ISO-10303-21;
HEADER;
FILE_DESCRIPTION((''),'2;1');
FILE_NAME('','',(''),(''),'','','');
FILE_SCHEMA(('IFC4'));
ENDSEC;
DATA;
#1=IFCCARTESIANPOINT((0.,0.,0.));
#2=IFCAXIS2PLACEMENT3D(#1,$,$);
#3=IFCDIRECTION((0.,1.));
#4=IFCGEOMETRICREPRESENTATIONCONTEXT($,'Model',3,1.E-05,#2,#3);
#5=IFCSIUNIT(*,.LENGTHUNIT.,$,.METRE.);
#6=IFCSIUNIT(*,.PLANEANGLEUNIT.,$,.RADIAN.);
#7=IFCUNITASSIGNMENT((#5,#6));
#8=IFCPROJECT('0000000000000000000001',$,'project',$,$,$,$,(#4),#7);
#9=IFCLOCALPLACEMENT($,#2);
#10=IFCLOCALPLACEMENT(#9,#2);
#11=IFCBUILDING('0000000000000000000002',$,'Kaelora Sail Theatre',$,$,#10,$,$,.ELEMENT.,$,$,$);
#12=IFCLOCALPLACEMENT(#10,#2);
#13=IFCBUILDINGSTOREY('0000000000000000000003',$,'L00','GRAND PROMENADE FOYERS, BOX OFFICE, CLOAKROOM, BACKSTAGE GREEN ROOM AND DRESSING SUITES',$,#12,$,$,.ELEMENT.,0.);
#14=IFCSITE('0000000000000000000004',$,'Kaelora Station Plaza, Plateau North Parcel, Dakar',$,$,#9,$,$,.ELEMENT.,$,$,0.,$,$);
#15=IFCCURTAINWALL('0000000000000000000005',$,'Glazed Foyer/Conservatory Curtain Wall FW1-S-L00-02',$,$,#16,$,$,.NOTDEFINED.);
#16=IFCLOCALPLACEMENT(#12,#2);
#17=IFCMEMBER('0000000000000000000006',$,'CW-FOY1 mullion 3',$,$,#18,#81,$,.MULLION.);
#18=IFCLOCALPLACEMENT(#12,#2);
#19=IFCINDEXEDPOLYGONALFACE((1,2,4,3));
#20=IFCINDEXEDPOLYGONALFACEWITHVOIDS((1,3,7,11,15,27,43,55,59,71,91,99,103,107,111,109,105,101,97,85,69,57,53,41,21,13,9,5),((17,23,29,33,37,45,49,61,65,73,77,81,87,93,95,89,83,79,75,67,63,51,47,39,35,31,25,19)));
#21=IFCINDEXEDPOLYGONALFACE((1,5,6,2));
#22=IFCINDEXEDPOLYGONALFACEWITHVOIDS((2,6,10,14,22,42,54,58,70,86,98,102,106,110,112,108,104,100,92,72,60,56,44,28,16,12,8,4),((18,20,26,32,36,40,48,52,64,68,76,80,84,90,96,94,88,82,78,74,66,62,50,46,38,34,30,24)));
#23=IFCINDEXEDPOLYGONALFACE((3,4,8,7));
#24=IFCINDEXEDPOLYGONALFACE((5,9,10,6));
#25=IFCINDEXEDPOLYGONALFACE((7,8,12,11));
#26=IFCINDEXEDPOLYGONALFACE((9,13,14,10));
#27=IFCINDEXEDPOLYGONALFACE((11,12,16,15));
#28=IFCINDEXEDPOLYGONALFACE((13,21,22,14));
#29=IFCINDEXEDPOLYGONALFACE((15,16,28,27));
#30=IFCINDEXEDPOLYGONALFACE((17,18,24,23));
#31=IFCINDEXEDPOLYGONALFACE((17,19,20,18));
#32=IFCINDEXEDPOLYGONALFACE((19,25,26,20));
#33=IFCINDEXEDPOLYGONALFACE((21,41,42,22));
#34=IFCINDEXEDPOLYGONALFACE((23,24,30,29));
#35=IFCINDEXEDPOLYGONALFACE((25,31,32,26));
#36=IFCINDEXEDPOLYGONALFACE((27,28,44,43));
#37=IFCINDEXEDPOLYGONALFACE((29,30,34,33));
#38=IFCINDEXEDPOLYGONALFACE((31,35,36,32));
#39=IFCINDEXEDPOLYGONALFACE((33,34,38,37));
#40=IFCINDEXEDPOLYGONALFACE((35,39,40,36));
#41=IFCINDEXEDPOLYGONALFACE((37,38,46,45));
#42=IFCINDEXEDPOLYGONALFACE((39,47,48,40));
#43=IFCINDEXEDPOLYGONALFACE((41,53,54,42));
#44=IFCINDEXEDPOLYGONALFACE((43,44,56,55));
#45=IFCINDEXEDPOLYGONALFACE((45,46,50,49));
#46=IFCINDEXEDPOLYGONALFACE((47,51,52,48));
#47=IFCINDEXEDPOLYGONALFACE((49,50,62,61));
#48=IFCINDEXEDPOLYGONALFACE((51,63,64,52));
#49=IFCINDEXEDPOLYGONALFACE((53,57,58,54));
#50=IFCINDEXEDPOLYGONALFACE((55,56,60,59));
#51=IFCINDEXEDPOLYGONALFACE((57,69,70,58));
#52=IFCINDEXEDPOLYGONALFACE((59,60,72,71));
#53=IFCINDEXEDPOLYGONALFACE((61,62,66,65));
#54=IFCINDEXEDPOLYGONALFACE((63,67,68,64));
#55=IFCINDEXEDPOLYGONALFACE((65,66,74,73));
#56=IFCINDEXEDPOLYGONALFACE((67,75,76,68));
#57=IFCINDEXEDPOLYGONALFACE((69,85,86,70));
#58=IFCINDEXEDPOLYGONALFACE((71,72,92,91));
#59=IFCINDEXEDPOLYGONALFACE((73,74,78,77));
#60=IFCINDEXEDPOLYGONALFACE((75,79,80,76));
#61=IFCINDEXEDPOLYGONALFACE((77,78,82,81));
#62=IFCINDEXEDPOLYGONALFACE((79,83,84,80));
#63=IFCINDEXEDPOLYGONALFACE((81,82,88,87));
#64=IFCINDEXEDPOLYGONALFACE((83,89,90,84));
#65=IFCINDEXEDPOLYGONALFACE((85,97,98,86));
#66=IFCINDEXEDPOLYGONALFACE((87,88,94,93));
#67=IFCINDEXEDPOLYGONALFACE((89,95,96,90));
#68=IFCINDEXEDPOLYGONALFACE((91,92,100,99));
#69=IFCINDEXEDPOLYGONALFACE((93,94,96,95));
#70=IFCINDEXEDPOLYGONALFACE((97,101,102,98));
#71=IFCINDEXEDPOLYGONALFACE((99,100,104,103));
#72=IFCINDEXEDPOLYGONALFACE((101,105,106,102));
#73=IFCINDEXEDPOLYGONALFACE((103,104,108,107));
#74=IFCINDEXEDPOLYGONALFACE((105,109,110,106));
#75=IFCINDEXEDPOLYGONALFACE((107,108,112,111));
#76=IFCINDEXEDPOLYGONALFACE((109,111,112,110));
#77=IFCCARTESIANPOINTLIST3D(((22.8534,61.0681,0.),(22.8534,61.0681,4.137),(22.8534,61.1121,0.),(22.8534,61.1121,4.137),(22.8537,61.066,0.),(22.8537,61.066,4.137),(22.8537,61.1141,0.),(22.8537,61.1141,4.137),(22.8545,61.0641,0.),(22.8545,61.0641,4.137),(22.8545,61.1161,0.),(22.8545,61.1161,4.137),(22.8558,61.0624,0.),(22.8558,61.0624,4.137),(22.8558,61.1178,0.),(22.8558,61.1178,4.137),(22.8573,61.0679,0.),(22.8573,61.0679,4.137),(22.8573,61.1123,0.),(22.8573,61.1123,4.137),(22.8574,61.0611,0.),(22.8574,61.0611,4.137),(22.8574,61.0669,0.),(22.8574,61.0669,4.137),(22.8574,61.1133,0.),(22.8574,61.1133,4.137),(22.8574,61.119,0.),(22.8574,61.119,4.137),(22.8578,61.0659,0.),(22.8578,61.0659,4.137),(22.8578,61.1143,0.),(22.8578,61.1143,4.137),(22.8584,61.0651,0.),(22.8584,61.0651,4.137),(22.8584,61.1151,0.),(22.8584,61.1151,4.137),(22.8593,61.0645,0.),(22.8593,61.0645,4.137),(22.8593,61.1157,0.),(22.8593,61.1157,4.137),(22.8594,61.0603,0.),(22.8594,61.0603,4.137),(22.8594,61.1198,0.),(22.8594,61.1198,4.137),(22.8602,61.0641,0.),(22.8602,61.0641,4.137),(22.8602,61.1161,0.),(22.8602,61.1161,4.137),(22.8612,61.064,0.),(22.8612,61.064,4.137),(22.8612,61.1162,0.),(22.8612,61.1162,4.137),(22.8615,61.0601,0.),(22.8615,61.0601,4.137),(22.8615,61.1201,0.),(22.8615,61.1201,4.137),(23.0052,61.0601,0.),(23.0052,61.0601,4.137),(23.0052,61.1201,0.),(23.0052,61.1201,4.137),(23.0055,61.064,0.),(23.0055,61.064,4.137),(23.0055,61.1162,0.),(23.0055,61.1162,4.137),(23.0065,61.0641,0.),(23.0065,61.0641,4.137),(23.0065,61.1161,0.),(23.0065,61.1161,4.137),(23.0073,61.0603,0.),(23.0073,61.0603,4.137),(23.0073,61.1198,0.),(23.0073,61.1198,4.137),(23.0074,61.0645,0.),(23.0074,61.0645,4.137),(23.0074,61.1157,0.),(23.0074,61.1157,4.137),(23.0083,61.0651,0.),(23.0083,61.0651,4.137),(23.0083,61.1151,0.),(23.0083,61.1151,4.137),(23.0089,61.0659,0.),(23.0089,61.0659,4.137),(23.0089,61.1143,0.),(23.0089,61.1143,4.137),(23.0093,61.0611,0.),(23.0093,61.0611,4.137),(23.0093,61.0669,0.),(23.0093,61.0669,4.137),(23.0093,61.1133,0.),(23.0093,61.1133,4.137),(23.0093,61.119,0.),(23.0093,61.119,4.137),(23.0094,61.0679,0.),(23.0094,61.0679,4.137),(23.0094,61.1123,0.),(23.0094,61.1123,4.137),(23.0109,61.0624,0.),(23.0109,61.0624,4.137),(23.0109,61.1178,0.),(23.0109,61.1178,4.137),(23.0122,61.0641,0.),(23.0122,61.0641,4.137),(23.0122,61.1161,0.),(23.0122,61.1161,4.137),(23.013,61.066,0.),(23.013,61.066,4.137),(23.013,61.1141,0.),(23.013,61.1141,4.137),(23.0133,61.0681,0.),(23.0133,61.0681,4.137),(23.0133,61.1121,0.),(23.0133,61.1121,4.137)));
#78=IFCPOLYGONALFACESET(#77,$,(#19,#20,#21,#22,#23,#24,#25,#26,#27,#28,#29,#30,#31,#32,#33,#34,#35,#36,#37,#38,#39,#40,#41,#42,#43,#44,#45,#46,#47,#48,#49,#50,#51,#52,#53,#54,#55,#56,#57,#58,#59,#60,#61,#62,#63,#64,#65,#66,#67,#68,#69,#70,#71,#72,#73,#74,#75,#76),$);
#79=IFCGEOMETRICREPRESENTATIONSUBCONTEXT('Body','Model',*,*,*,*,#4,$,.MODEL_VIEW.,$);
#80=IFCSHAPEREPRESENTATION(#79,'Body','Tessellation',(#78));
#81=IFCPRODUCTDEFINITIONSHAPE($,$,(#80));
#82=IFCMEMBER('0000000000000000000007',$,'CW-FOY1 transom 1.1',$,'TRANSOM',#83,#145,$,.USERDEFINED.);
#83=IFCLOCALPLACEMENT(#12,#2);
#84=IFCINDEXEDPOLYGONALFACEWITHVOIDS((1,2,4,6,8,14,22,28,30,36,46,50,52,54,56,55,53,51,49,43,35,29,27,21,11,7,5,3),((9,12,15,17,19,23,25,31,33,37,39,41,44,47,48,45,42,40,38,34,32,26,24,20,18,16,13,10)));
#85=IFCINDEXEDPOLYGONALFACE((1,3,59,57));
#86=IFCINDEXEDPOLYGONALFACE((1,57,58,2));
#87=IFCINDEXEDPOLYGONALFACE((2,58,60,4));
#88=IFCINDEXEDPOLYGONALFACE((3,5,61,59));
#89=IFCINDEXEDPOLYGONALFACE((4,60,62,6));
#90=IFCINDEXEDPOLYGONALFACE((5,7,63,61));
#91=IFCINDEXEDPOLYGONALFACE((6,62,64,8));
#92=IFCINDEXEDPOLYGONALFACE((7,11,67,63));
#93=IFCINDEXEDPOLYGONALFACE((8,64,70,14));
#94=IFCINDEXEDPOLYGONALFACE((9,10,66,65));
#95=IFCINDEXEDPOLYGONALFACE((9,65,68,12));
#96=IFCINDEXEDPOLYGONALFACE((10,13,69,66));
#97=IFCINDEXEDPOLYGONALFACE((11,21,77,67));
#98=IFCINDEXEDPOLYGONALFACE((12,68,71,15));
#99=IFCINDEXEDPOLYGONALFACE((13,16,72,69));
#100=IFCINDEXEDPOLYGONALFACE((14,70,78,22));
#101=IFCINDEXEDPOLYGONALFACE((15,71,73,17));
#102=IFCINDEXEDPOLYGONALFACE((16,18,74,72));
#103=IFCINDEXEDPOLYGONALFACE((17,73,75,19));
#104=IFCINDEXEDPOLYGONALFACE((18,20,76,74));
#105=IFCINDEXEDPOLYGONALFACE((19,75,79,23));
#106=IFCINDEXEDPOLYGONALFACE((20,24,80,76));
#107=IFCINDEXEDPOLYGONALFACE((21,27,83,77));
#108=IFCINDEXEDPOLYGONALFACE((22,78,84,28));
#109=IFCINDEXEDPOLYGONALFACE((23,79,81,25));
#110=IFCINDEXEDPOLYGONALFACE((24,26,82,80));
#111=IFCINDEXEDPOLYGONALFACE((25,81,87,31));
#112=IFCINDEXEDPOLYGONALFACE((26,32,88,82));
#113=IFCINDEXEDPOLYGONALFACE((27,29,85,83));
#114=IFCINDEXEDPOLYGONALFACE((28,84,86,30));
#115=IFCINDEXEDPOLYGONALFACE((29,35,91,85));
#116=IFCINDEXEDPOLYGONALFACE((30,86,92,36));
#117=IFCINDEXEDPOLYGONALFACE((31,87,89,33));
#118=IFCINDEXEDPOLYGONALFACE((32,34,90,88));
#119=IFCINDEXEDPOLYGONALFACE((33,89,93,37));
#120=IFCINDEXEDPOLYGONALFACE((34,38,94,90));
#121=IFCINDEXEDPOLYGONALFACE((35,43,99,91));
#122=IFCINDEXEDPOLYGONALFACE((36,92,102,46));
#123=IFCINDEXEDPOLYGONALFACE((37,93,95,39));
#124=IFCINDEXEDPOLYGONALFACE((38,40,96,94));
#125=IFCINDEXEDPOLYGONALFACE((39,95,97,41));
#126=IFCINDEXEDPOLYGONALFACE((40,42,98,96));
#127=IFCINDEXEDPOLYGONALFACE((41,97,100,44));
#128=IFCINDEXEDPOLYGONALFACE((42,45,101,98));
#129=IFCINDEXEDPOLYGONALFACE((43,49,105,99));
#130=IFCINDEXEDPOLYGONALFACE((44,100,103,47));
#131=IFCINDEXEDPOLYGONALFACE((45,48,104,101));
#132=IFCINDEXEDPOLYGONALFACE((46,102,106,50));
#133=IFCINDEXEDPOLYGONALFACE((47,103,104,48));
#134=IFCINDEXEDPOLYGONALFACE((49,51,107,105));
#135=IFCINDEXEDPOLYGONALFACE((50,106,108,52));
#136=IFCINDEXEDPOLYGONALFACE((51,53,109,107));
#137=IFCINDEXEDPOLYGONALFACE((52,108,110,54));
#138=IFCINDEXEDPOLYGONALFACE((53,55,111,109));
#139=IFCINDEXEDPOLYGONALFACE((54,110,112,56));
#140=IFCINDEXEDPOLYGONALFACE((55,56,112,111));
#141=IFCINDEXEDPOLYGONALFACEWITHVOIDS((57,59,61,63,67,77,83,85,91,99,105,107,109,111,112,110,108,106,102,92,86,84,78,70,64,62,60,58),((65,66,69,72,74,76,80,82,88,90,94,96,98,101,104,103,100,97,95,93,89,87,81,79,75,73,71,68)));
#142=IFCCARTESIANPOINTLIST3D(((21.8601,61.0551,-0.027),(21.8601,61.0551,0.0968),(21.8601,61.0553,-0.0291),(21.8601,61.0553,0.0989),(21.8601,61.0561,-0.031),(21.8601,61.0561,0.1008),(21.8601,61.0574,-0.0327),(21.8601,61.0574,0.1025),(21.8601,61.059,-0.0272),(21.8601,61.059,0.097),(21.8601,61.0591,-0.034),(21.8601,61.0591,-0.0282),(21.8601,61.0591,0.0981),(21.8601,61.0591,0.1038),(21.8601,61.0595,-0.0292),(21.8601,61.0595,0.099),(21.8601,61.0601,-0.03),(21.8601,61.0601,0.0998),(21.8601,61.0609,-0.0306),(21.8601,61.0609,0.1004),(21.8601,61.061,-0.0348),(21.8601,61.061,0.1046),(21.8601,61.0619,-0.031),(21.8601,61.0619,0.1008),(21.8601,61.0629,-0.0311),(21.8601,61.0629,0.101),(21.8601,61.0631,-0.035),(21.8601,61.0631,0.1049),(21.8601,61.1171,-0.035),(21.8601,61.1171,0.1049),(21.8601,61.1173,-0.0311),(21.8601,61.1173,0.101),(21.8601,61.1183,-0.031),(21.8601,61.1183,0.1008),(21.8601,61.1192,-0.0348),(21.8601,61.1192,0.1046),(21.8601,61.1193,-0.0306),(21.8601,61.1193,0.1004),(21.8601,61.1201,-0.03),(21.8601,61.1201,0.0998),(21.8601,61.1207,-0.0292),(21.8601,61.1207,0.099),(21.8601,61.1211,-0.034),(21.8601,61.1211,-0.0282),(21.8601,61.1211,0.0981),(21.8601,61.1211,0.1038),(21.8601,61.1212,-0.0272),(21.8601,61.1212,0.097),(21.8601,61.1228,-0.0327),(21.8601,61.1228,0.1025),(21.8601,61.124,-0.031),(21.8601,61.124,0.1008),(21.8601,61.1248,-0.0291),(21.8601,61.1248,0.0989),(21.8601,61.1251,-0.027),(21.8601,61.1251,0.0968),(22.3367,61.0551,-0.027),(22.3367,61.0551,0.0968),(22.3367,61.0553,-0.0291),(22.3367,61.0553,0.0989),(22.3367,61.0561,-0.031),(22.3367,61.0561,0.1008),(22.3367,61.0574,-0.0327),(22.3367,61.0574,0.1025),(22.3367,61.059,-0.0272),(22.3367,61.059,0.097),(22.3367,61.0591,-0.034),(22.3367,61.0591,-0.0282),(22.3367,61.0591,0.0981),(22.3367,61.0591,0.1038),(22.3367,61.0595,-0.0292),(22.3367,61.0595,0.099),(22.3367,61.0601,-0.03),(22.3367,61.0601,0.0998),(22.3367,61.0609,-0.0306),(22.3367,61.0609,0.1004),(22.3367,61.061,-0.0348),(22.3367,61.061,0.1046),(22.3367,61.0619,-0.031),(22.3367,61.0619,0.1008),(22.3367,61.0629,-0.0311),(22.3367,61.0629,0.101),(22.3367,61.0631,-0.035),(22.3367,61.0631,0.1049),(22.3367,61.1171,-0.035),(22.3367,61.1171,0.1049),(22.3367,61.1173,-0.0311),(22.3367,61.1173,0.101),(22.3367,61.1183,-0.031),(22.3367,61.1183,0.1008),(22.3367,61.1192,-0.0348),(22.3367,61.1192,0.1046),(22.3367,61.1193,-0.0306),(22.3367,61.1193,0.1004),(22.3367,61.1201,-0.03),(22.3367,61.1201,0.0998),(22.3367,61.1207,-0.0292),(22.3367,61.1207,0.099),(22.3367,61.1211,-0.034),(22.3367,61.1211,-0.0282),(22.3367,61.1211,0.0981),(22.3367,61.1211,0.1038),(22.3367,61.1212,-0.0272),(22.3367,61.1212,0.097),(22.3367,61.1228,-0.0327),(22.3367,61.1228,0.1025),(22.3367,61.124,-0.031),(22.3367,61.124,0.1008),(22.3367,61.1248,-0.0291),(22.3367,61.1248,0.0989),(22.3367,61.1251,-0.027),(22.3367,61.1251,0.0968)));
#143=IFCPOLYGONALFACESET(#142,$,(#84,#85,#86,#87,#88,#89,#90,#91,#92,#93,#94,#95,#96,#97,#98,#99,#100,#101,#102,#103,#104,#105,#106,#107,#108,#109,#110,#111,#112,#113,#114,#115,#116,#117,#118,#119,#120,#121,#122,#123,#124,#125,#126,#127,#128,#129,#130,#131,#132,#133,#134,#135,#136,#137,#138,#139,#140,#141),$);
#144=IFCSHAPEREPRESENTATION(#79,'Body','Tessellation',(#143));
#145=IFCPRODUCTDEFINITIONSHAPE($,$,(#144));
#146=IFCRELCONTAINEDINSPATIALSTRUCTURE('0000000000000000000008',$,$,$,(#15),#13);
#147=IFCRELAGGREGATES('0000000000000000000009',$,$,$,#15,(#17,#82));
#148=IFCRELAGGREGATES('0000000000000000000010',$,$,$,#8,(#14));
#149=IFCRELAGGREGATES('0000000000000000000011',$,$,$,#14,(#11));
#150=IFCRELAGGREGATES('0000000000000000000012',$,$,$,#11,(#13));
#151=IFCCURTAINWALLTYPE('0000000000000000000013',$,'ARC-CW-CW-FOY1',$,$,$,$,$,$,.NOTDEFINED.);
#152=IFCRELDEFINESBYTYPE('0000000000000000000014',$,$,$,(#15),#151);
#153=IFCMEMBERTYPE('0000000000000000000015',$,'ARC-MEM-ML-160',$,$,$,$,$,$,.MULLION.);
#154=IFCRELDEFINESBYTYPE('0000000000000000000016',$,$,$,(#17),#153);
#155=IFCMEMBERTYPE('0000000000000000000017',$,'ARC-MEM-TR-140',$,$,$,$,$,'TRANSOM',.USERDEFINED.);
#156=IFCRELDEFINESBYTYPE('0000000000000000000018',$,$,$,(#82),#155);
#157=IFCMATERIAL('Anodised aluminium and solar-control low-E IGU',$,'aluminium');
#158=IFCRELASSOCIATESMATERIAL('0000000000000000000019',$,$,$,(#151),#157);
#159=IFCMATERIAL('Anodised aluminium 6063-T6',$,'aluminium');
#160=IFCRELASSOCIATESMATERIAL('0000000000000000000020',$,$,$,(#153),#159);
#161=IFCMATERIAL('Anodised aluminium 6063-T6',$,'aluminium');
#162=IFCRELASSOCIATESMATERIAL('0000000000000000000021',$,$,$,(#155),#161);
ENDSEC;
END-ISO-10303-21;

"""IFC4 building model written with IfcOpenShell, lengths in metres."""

from ifc_helpers import new_model, si_unit, direction, frame, origin, origin_2d, place, context, subcontext, project, spatial, hollow_rectangle, extrude, material, material_profile, profile_set, type_object, element, aggregate, save


model = new_model("IFC4")

# Units and contexts
model_context = context("Model", 3, precision=1e-05, world=origin(), true_north=direction((0.0, 1.0)))
body_context = subcontext(model_context, "Body", "Model", "MODEL_VIEW")
ifc_project = project(units=[si_unit("LENGTHUNIT", "METRE"), si_unit("PLANEANGLEUNIT", "RADIAN")], contexts=[model_context])

# Site, building, storey
site_placement = place(None, origin())
site = spatial("IfcSite", under=ifc_project, at=site_placement, Name="Kaelora Station Plaza, Plateau North Parcel, Dakar", CompositionType="ELEMENT", RefElevation=0.0)
building_placement = place(site_placement, origin())
building = spatial("IfcBuilding", under=site, at=building_placement, Name="Kaelora Sail Theatre", CompositionType="ELEMENT")
storey_placement = place(building_placement, origin())
storey = spatial("IfcBuildingStorey", under=building, at=storey_placement, Name="L00", Description="GRAND PROMENADE FOYERS, BOX OFFICE, CLOAKROOM, BACKSTAGE GREEN ROOM AND DRESSING SUITES", CompositionType="ELEMENT", Elevation=0.0)

# Curtain wall, members
ifc_material_1 = material(Name="Anodised aluminium and solar-control low-E IGU", Category="aluminium")
curtain_wall_type = type_object("IfcCurtainWallType", Name="ARC-CW-CW-FOY1", PredefinedType="NOTDEFINED", material=ifc_material_1)
curtain_wall_placement = place(storey_placement, origin())
curtain_wall = element("IfcCurtainWall", 1, at=curtain_wall_placement, inside=storey, type_object=curtain_wall_type, Name="Glazed Foyer/Conservatory Curtain Wall FW1-S-L00-02", PredefinedType="NOTDEFINED")
ifc_material_2 = material(Name="Anodised aluminium 6063-T6", Category="aluminium")
ifc_material_profile_1 = material_profile(ifc_material_2, hollow_rectangle(XDim=0.0601, YDim=0.1599, WallThickness=0.0039, InnerFilletRadius=0.0039, OuterFilletRadius=0.0081, at=origin_2d()), Name="ALU-MULL 60x160x4")
ifc_profile_set_1 = profile_set([ifc_material_profile_1], Name="Anodised aluminium 6063-T6")
member_type_1 = type_object("IfcMemberType", Name="ARC-MEM-ML-160", PredefinedType="MULLION", material=ifc_profile_set_1)
member_1_placement = place(storey_placement, frame((22.9333, 61.0901, 0.0), z_axis=(0.0, 0.0, 1.0), x_axis=(0.0, 1.0, 0.0)))
member_1 = element("IfcMember", 2, at=member_1_placement, type_object=member_type_1, Name="CW-FOY1 mullion 3", PredefinedType="MULLION", context=body_context, shape_type="SweptSolid", body=[
    extrude(hollow_rectangle(XDim=0.0601, YDim=0.1599, WallThickness=0.0039, InnerFilletRadius=0.0039, OuterFilletRadius=0.0081, at=origin_2d()), origin(), (0.0, 0.0, 1.0), 4.137),
])
ifc_material_3 = material(Name="Anodised aluminium 6063-T6", Category="aluminium")
ifc_material_profile_2 = material_profile(ifc_material_3, hollow_rectangle(XDim=0.0701, YDim=0.1399, WallThickness=0.0039, InnerFilletRadius=0.0039, OuterFilletRadius=0.0081, at=origin_2d()), Name="ALU-TRAN 70x140x4")
ifc_profile_set_2 = profile_set([ifc_material_profile_2], Name="Anodised aluminium 6063-T6")
member_type_2 = type_object("IfcMemberType", Name="ARC-MEM-TR-140", ElementType="TRANSOM", PredefinedType="USERDEFINED", material=ifc_profile_set_2)
member_2_placement = place(storey_placement, frame((21.8601, 61.0901, 0.0349), z_axis=(1.0, 0.0, 0.0), x_axis=(0.0, 1.0, 0.0)))
member_2 = element("IfcMember", 3, at=member_2_placement, type_object=member_type_2, Name="CW-FOY1 transom 1.1", ObjectType="TRANSOM", PredefinedType="USERDEFINED", context=body_context, shape_type="SweptSolid", body=[
    extrude(hollow_rectangle(XDim=0.0701, YDim=0.1399, WallThickness=0.0039, InnerFilletRadius=0.0039, OuterFilletRadius=0.0081, at=origin_2d()), origin(), (0.0, 0.0, 1.0), 0.4766),
])
aggregate(curtain_wall, [member_1, member_2])

save(model, "model.ifc")
